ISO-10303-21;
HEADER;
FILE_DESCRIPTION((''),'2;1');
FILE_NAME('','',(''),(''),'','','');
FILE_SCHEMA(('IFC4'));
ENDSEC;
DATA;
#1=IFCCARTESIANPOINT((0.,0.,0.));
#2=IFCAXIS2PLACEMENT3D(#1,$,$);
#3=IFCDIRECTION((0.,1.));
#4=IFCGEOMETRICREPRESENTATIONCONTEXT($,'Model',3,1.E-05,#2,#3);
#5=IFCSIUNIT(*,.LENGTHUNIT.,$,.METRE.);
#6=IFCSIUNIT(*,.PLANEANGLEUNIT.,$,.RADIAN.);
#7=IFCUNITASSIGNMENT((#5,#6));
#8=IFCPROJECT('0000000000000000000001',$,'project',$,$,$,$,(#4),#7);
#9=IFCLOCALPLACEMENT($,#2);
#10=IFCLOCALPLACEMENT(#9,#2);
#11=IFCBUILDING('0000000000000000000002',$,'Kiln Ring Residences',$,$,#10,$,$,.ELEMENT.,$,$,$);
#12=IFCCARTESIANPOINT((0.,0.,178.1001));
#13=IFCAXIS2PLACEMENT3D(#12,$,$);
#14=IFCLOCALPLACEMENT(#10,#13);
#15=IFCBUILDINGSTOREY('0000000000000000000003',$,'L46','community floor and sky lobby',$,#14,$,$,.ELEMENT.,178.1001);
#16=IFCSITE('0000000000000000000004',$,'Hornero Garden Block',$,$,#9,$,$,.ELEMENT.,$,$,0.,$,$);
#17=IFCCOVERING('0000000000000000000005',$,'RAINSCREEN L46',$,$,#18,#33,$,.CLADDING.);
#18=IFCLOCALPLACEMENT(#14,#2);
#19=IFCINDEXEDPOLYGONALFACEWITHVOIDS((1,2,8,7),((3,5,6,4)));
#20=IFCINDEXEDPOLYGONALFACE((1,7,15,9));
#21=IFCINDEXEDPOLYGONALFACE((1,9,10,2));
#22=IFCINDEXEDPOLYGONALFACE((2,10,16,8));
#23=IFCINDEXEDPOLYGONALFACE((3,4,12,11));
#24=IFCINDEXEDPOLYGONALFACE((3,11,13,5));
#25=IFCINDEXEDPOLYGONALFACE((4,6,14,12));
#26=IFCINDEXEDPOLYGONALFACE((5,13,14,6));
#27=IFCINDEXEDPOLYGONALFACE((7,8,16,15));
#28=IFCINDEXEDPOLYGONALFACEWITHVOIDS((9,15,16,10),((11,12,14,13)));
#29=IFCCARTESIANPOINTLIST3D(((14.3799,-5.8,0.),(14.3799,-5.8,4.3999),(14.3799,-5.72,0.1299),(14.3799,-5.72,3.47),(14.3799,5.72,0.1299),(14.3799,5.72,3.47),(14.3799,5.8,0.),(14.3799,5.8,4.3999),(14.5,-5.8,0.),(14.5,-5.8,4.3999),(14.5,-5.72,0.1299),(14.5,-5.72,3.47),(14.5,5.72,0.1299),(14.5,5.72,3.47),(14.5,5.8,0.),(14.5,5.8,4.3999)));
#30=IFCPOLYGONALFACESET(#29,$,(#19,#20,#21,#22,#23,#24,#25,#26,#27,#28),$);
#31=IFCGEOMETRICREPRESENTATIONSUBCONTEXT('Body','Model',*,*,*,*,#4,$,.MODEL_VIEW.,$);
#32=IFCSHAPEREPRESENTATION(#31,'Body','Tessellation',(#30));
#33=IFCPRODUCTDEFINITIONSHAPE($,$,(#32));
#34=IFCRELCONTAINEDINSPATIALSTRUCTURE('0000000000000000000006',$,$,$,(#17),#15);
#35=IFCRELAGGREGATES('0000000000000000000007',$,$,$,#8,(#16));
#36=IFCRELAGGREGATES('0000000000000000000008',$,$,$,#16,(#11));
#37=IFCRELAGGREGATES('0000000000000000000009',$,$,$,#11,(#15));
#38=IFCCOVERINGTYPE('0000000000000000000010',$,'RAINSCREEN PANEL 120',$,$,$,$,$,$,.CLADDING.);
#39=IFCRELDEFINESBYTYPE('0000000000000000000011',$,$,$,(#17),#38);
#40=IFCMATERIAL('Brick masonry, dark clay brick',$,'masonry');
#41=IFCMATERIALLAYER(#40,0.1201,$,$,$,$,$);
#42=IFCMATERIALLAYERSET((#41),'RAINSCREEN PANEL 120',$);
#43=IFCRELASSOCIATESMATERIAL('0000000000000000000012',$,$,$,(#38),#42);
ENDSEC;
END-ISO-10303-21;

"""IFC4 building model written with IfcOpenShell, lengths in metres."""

from ifc_helpers import new_model, si_unit, direction, frame, origin, place, context, subcontext, project, spatial, polyline, outline, extrude, material, layer, layer_set, type_object, element, save


model = new_model("IFC4")

# Units and contexts
model_context = context("Model", 3, precision=1e-05, world=origin(), true_north=direction((0.0, 1.0)))
body_context = subcontext(model_context, "Body", "Model", "MODEL_VIEW")
ifc_project = project(units=[si_unit("LENGTHUNIT", "METRE"), si_unit("PLANEANGLEUNIT", "RADIAN")], contexts=[model_context])

# Site, building, storey
site_placement = place(None, origin())
site = spatial("IfcSite", under=ifc_project, at=site_placement, Name="Hornero Garden Block", CompositionType="ELEMENT", RefElevation=0.0)
building_placement = place(site_placement, origin())
building = spatial("IfcBuilding", under=site, at=building_placement, Name="Kiln Ring Residences", CompositionType="ELEMENT")
storey_placement = place(building_placement, frame((0.0, 0.0, 178.1001)))
storey = spatial("IfcBuildingStorey", under=building, at=storey_placement, Name="L46", Description="community floor and sky lobby", CompositionType="ELEMENT", Elevation=178.1001)

# Covering
ifc_material_1 = material(Name="Brick masonry, dark clay brick", Category="masonry")
ifc_layer_1 = layer(ifc_material_1, 0.1201)
ifc_layer_set_1 = layer_set([ifc_layer_1], Name="RAINSCREEN PANEL 120")
covering_type = type_object("IfcCoveringType", Name="RAINSCREEN PANEL 120", PredefinedType="CLADDING", material=ifc_layer_set_1)
covering_placement = place(storey_placement, frame((14.4399, 5.8, 0.0), z_axis=(0.0, 0.0, 1.0), x_axis=(0.0, -1.0, 0.0)))
element("IfcCovering", 1, at=covering_placement, inside=storey, type_object=covering_type, Name="RAINSCREEN L46", PredefinedType="CLADDING", context=body_context, shape_type="SweptSolid", body=[
    extrude(outline(polyline([(0.0, 0.0), (11.6001, 0.0), (11.6001, 4.3999), (0.0, 4.3999), (0.0, 0.0)]), holes=[polyline([(0.0801, 3.47), (0.0801, 0.1299), (11.52, 0.1299), (11.52, 3.47), (0.0801, 3.47)])]), frame((0.0, 0.0601, 0.0), z_axis=(0.0, -1.0, 0.0), x_axis=(1.0, 0.0, 0.0)), (0.0, 0.0, 1.0), 0.1201),
])

save(model, "model.ifc")
